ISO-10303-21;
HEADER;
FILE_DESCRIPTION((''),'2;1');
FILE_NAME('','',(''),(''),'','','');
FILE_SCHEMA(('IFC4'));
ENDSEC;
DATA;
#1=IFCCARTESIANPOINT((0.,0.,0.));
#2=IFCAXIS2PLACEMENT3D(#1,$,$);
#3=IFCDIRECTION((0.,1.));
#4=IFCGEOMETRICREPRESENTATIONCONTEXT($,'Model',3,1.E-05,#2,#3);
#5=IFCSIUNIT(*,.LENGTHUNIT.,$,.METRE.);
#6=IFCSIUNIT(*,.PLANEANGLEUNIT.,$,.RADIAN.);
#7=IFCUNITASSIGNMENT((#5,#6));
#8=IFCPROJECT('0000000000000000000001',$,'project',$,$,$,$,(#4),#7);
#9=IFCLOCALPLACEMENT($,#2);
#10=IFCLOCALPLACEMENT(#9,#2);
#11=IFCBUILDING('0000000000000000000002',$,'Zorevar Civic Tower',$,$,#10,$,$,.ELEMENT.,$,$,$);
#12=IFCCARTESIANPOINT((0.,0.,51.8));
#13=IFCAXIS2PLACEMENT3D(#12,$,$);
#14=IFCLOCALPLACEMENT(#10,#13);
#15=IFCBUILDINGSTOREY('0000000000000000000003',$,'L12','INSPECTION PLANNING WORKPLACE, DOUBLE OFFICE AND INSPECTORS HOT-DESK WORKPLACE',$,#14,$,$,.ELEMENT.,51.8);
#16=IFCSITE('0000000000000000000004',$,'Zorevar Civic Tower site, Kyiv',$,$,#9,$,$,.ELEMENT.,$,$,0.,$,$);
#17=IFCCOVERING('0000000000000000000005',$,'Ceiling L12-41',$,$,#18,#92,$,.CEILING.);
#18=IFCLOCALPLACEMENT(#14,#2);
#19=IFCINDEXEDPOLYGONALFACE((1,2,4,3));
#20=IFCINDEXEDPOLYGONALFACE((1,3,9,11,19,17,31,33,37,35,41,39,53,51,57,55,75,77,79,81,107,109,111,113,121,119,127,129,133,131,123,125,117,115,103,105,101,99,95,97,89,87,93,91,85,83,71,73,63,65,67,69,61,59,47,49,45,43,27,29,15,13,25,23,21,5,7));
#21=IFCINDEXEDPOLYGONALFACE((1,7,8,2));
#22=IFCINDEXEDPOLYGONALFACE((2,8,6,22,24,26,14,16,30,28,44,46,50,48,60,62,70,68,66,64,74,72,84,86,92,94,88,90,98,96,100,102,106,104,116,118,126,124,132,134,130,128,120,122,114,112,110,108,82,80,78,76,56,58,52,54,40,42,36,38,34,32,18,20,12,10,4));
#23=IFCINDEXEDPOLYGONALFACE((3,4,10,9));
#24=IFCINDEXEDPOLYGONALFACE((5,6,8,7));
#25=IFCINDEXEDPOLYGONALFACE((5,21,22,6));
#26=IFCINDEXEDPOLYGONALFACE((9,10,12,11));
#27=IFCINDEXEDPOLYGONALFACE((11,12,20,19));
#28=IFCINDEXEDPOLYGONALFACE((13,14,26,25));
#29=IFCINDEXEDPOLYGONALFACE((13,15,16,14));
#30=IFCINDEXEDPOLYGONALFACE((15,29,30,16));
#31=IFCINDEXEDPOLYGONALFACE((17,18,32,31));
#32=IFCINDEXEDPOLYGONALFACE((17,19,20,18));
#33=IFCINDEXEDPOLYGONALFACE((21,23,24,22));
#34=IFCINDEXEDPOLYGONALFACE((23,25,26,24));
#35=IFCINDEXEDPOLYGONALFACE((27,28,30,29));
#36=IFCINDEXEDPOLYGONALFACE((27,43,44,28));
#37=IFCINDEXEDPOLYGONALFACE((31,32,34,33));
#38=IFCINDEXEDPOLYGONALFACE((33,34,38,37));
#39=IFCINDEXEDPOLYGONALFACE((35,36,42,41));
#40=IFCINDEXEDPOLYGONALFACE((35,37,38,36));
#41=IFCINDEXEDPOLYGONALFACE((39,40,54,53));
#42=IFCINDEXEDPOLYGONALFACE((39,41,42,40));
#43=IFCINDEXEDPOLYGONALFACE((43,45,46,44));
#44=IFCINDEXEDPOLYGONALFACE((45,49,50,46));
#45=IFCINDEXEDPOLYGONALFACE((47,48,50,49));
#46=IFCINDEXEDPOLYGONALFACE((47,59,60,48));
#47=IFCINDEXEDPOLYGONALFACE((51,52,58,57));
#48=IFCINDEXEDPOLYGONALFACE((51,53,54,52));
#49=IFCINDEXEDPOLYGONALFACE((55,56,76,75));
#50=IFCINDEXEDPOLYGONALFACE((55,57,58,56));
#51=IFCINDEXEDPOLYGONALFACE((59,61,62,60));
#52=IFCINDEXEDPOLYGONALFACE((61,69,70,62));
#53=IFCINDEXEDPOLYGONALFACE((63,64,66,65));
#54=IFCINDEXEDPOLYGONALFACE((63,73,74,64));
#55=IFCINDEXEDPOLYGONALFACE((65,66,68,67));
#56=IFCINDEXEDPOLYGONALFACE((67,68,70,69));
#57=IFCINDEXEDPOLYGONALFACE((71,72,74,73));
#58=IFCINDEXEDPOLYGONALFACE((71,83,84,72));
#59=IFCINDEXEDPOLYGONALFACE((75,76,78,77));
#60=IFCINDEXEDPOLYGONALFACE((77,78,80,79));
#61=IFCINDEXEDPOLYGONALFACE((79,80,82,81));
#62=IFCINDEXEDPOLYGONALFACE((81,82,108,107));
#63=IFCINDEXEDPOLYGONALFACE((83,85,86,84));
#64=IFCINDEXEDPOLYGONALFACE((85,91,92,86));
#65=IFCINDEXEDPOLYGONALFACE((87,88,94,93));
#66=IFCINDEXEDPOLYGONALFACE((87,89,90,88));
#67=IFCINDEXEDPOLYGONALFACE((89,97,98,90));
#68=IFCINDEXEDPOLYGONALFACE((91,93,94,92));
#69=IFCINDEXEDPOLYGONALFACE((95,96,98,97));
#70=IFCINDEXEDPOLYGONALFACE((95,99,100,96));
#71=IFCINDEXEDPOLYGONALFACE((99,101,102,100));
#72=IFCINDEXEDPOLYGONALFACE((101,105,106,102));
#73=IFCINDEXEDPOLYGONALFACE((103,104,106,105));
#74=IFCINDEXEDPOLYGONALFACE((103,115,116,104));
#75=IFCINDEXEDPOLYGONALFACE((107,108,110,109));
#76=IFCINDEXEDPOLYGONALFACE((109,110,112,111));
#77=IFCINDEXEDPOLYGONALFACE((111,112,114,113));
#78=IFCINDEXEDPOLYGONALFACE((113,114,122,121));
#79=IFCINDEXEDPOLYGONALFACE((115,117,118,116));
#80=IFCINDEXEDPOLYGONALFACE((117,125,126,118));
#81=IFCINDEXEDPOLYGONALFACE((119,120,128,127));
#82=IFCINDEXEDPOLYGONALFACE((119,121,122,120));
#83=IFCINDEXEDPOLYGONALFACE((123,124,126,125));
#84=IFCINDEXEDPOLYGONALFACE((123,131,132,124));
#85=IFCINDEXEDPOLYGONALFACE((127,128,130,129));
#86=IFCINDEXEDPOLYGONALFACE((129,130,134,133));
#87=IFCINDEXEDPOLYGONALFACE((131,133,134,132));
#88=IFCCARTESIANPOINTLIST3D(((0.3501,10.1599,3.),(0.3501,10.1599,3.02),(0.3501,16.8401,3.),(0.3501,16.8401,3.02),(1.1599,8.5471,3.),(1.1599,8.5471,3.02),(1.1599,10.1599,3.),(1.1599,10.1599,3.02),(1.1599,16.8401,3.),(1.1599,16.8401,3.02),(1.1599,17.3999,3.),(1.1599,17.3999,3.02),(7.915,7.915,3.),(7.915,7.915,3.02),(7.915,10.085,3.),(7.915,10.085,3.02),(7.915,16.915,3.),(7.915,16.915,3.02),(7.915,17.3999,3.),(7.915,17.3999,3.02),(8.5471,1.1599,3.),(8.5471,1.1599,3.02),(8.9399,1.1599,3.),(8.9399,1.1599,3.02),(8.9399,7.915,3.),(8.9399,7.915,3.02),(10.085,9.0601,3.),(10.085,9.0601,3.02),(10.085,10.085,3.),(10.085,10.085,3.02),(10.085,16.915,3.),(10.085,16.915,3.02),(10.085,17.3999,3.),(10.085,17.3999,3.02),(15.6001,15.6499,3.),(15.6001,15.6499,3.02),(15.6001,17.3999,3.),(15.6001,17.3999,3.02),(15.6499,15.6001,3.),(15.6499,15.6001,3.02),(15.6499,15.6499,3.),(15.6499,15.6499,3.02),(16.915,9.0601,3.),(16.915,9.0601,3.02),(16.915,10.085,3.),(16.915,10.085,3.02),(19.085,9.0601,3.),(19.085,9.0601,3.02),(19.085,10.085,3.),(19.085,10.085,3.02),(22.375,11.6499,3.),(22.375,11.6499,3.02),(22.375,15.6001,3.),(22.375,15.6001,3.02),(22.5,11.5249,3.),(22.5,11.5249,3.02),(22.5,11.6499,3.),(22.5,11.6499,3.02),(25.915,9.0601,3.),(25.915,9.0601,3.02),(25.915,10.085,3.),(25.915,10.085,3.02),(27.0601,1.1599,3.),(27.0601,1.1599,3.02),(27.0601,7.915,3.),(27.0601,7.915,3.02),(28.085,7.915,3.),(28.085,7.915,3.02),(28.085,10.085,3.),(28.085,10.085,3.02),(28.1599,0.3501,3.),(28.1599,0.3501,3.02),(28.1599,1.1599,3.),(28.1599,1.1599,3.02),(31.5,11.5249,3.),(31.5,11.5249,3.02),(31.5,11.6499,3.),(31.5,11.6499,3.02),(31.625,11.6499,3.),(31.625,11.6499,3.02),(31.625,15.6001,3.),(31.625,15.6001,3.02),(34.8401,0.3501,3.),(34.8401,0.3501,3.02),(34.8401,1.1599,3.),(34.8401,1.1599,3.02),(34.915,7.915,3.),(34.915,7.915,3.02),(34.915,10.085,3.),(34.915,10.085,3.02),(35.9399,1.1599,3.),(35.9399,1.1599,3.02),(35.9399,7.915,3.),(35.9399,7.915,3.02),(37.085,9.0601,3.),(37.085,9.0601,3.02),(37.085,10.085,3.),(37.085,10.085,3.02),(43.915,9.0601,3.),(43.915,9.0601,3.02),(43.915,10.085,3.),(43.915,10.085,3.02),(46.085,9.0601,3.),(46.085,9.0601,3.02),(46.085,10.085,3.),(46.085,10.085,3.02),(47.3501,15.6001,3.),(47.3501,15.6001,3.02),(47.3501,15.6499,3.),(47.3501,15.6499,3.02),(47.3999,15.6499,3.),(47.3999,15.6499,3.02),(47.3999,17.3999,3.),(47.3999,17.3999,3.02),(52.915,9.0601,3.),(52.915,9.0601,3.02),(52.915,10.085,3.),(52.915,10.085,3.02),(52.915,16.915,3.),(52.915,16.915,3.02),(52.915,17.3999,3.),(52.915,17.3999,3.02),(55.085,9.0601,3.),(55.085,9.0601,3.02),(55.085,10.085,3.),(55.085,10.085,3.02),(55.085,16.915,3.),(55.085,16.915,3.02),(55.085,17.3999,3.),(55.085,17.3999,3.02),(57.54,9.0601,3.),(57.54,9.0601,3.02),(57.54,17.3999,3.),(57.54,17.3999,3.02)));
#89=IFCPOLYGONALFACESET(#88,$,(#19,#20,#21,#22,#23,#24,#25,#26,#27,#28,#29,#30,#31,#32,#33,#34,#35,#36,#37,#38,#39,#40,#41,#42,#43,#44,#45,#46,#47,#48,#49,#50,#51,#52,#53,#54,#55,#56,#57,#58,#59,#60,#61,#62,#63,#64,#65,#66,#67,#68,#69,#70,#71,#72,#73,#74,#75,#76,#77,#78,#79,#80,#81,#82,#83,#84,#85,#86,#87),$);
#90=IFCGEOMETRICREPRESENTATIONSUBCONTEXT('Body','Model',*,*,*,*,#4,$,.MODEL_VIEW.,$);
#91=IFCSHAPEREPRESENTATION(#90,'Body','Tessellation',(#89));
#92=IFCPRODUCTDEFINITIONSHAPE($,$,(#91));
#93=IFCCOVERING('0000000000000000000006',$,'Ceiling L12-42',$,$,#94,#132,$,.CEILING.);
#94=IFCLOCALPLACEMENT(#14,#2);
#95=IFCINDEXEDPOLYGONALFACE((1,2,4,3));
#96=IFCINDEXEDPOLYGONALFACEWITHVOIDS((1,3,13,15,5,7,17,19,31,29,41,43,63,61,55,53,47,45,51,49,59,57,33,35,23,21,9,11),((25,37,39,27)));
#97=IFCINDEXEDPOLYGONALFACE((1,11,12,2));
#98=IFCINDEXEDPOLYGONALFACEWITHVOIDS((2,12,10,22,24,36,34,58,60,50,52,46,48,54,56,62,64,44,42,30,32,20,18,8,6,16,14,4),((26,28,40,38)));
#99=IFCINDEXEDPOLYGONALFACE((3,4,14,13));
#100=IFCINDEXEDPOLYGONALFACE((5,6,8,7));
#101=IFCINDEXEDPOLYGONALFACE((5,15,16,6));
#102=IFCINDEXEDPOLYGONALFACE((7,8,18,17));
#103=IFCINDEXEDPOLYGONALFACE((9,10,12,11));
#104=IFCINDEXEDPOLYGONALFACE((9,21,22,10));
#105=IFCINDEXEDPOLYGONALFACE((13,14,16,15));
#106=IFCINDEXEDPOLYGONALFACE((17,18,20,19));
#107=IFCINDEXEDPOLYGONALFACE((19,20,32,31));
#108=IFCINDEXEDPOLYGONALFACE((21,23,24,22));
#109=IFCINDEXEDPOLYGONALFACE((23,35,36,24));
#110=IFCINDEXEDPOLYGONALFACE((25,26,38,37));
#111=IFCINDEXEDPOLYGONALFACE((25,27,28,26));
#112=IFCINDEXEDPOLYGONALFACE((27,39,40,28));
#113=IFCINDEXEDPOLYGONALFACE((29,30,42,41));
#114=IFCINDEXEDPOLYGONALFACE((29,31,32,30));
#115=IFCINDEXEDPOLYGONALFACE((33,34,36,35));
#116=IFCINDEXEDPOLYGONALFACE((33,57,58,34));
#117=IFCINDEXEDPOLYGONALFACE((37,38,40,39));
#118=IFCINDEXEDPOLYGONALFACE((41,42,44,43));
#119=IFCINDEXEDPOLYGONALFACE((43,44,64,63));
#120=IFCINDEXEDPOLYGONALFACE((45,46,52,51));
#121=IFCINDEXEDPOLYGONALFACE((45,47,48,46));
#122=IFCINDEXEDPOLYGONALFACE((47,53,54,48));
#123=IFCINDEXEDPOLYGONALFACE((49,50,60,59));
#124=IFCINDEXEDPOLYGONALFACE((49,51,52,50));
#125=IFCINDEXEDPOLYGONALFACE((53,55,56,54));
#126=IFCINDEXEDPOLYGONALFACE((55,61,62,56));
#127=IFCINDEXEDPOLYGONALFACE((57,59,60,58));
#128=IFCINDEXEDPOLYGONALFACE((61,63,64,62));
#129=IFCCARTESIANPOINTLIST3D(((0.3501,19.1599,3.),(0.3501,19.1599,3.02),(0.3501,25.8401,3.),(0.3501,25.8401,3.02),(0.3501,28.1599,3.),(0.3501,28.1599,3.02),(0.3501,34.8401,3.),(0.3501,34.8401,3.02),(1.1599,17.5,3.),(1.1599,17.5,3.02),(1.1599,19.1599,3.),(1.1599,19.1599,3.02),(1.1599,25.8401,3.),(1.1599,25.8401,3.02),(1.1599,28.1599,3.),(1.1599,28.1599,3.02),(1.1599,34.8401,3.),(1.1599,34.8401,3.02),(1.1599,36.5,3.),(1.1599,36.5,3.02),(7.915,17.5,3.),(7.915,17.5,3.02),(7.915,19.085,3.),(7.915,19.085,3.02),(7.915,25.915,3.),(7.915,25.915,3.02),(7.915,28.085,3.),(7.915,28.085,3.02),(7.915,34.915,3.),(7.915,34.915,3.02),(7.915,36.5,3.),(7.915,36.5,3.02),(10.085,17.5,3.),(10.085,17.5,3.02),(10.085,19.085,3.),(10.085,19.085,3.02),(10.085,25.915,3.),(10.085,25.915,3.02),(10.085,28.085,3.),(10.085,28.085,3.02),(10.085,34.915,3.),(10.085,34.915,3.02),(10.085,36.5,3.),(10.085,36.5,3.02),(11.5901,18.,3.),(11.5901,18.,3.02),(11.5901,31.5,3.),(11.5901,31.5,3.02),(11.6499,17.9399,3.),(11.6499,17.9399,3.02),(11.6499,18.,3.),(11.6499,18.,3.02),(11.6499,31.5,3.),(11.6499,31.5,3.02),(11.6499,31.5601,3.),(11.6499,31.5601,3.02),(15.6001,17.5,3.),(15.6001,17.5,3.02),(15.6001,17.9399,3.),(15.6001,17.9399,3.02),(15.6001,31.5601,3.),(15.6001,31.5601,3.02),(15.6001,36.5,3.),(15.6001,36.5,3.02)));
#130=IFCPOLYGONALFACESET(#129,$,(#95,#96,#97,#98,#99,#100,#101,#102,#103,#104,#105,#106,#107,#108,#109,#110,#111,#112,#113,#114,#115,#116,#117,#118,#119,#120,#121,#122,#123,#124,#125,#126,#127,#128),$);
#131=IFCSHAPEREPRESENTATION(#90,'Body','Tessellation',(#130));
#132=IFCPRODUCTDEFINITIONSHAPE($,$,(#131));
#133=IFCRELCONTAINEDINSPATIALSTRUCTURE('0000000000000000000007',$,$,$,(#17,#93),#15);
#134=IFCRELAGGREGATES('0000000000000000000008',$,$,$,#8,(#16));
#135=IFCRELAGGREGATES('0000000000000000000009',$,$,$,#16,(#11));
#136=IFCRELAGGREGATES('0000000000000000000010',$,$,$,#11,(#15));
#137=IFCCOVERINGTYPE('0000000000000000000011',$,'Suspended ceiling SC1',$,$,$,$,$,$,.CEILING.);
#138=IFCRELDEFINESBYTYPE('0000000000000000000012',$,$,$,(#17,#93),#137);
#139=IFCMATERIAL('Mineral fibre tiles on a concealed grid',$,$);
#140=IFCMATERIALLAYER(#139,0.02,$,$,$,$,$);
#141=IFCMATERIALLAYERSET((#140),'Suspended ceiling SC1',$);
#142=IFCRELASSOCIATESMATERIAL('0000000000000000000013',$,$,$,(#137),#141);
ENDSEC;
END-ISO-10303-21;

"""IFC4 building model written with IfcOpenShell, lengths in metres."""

from ifc_helpers import new_model, si_unit, direction, frame, origin, place, context, subcontext, project, spatial, polyline, outline, extrude, material, layer, layer_set, type_object, element, save


model = new_model("IFC4")

# Units and contexts
model_context = context("Model", 3, precision=1e-05, world=origin(), true_north=direction((0.0, 1.0)))
body_context = subcontext(model_context, "Body", "Model", "MODEL_VIEW")
ifc_project = project(units=[si_unit("LENGTHUNIT", "METRE"), si_unit("PLANEANGLEUNIT", "RADIAN")], contexts=[model_context])

# Site, building, storey
site_placement = place(None, origin())
site = spatial("IfcSite", under=ifc_project, at=site_placement, Name="Zorevar Civic Tower site, Kyiv", CompositionType="ELEMENT", RefElevation=0.0)
building_placement = place(site_placement, origin())
building = spatial("IfcBuilding", under=site, at=building_placement, Name="Zorevar Civic Tower", CompositionType="ELEMENT")
storey_placement = place(building_placement, frame((0.0, 0.0, 51.8)))
storey = spatial("IfcBuildingStorey", under=building, at=storey_placement, Name="L12", Description="INSPECTION PLANNING WORKPLACE, DOUBLE OFFICE AND INSPECTORS HOT-DESK WORKPLACE", CompositionType="ELEMENT", Elevation=51.8)

# Coverings
ifc_material_1 = material(Name="Mineral fibre tiles on a concealed grid")
ifc_layer_1 = layer(ifc_material_1, 0.02)
ifc_layer_set_1 = layer_set([ifc_layer_1], Name="Suspended ceiling SC1")
covering_type_1 = type_object("IfcCoveringType", Name="Suspended ceiling SC1", PredefinedType="CEILING", material=ifc_layer_set_1)
covering_1_placement = place(storey_placement, frame((0.0, 0.0, 3.0)))
element("IfcCovering", 1, at=covering_1_placement, inside=storey, type_object=covering_type_1, Name="Ceiling L12-41", PredefinedType="CEILING", context=body_context, shape_type="SweptSolid", body=[
    extrude(outline(polyline([(1.1599, 17.3999), (7.915, 17.3999), (7.915, 16.915), (10.085, 16.915), (10.085, 17.3999), (15.6001, 17.3999), (15.6001, 15.6499), (15.6499, 15.6499), (15.6499, 15.6001), (22.375, 15.6001), (22.375, 11.6499), (22.5, 11.6499), (22.5, 11.5249), (31.5, 11.5249), (31.5, 11.6499), (31.625, 11.6499), (31.625, 15.6001), (47.3501, 15.6001), (47.3501, 15.6499), (47.3999, 15.6499), (47.3999, 17.3999), (52.915, 17.3999), (52.915, 16.915), (55.085, 16.915), (55.085, 17.3999), (57.54, 17.3999), (57.54, 9.0601), (55.085, 9.0601), (55.085, 10.085), (52.915, 10.085), (52.915, 9.0601), (46.085, 9.0601), (46.085, 10.085), (43.915, 10.085), (43.915, 9.0601), (37.085, 9.0601), (37.085, 10.085), (34.915, 10.085), (34.915, 7.915), (35.9399, 7.915), (35.9399, 1.1599), (34.8401, 1.1599), (34.8401, 0.3501), (28.1599, 0.3501), (28.1599, 1.1599), (27.0601, 1.1599), (27.0601, 7.915), (28.085, 7.915), (28.085, 10.085), (25.915, 10.085), (25.915, 9.0601), (19.085, 9.0601), (19.085, 10.085), (16.915, 10.085), (16.915, 9.0601), (10.085, 9.0601), (10.085, 10.085), (7.915, 10.085), (7.915, 7.915), (8.9399, 7.915), (8.9399, 1.1599), (8.5471, 1.1599), (1.1599, 8.5471), (1.1599, 10.1599), (0.3501, 10.1599), (0.3501, 16.8401), (1.1599, 16.8401), (1.1599, 17.3999)])), origin(), (0.0, 0.0, 1.0), 0.02),
])
covering_2_placement = place(storey_placement, frame((0.0, 0.0, 3.0)))
element("IfcCovering", 2, at=covering_2_placement, inside=storey, type_object=covering_type_1, Name="Ceiling L12-42", PredefinedType="CEILING", context=body_context, shape_type="SweptSolid", body=[
    extrude(outline(polyline([(10.085, 19.085), (7.915, 19.085), (7.915, 17.5), (1.1599, 17.5), (1.1599, 19.1599), (0.3501, 19.1599), (0.3501, 25.8401), (1.1599, 25.8401), (1.1599, 28.1599), (0.3501, 28.1599), (0.3501, 34.8401), (1.1599, 34.8401), (1.1599, 36.5), (7.915, 36.5), (7.915, 34.915), (10.085, 34.915), (10.085, 36.5), (15.6001, 36.5), (15.6001, 31.5601), (11.6499, 31.5601), (11.6499, 31.5), (11.5901, 31.5), (11.5901, 18.0), (11.6499, 18.0), (11.6499, 17.9399), (15.6001, 17.9399), (15.6001, 17.5), (10.085, 17.5), (10.085, 19.085)]), holes=[polyline([(7.915, 28.085), (7.915, 25.915), (10.085, 25.915), (10.085, 28.085), (7.915, 28.085)])]), origin(), (0.0, 0.0, 1.0), 0.02),
])

save(model, "model.ifc")
